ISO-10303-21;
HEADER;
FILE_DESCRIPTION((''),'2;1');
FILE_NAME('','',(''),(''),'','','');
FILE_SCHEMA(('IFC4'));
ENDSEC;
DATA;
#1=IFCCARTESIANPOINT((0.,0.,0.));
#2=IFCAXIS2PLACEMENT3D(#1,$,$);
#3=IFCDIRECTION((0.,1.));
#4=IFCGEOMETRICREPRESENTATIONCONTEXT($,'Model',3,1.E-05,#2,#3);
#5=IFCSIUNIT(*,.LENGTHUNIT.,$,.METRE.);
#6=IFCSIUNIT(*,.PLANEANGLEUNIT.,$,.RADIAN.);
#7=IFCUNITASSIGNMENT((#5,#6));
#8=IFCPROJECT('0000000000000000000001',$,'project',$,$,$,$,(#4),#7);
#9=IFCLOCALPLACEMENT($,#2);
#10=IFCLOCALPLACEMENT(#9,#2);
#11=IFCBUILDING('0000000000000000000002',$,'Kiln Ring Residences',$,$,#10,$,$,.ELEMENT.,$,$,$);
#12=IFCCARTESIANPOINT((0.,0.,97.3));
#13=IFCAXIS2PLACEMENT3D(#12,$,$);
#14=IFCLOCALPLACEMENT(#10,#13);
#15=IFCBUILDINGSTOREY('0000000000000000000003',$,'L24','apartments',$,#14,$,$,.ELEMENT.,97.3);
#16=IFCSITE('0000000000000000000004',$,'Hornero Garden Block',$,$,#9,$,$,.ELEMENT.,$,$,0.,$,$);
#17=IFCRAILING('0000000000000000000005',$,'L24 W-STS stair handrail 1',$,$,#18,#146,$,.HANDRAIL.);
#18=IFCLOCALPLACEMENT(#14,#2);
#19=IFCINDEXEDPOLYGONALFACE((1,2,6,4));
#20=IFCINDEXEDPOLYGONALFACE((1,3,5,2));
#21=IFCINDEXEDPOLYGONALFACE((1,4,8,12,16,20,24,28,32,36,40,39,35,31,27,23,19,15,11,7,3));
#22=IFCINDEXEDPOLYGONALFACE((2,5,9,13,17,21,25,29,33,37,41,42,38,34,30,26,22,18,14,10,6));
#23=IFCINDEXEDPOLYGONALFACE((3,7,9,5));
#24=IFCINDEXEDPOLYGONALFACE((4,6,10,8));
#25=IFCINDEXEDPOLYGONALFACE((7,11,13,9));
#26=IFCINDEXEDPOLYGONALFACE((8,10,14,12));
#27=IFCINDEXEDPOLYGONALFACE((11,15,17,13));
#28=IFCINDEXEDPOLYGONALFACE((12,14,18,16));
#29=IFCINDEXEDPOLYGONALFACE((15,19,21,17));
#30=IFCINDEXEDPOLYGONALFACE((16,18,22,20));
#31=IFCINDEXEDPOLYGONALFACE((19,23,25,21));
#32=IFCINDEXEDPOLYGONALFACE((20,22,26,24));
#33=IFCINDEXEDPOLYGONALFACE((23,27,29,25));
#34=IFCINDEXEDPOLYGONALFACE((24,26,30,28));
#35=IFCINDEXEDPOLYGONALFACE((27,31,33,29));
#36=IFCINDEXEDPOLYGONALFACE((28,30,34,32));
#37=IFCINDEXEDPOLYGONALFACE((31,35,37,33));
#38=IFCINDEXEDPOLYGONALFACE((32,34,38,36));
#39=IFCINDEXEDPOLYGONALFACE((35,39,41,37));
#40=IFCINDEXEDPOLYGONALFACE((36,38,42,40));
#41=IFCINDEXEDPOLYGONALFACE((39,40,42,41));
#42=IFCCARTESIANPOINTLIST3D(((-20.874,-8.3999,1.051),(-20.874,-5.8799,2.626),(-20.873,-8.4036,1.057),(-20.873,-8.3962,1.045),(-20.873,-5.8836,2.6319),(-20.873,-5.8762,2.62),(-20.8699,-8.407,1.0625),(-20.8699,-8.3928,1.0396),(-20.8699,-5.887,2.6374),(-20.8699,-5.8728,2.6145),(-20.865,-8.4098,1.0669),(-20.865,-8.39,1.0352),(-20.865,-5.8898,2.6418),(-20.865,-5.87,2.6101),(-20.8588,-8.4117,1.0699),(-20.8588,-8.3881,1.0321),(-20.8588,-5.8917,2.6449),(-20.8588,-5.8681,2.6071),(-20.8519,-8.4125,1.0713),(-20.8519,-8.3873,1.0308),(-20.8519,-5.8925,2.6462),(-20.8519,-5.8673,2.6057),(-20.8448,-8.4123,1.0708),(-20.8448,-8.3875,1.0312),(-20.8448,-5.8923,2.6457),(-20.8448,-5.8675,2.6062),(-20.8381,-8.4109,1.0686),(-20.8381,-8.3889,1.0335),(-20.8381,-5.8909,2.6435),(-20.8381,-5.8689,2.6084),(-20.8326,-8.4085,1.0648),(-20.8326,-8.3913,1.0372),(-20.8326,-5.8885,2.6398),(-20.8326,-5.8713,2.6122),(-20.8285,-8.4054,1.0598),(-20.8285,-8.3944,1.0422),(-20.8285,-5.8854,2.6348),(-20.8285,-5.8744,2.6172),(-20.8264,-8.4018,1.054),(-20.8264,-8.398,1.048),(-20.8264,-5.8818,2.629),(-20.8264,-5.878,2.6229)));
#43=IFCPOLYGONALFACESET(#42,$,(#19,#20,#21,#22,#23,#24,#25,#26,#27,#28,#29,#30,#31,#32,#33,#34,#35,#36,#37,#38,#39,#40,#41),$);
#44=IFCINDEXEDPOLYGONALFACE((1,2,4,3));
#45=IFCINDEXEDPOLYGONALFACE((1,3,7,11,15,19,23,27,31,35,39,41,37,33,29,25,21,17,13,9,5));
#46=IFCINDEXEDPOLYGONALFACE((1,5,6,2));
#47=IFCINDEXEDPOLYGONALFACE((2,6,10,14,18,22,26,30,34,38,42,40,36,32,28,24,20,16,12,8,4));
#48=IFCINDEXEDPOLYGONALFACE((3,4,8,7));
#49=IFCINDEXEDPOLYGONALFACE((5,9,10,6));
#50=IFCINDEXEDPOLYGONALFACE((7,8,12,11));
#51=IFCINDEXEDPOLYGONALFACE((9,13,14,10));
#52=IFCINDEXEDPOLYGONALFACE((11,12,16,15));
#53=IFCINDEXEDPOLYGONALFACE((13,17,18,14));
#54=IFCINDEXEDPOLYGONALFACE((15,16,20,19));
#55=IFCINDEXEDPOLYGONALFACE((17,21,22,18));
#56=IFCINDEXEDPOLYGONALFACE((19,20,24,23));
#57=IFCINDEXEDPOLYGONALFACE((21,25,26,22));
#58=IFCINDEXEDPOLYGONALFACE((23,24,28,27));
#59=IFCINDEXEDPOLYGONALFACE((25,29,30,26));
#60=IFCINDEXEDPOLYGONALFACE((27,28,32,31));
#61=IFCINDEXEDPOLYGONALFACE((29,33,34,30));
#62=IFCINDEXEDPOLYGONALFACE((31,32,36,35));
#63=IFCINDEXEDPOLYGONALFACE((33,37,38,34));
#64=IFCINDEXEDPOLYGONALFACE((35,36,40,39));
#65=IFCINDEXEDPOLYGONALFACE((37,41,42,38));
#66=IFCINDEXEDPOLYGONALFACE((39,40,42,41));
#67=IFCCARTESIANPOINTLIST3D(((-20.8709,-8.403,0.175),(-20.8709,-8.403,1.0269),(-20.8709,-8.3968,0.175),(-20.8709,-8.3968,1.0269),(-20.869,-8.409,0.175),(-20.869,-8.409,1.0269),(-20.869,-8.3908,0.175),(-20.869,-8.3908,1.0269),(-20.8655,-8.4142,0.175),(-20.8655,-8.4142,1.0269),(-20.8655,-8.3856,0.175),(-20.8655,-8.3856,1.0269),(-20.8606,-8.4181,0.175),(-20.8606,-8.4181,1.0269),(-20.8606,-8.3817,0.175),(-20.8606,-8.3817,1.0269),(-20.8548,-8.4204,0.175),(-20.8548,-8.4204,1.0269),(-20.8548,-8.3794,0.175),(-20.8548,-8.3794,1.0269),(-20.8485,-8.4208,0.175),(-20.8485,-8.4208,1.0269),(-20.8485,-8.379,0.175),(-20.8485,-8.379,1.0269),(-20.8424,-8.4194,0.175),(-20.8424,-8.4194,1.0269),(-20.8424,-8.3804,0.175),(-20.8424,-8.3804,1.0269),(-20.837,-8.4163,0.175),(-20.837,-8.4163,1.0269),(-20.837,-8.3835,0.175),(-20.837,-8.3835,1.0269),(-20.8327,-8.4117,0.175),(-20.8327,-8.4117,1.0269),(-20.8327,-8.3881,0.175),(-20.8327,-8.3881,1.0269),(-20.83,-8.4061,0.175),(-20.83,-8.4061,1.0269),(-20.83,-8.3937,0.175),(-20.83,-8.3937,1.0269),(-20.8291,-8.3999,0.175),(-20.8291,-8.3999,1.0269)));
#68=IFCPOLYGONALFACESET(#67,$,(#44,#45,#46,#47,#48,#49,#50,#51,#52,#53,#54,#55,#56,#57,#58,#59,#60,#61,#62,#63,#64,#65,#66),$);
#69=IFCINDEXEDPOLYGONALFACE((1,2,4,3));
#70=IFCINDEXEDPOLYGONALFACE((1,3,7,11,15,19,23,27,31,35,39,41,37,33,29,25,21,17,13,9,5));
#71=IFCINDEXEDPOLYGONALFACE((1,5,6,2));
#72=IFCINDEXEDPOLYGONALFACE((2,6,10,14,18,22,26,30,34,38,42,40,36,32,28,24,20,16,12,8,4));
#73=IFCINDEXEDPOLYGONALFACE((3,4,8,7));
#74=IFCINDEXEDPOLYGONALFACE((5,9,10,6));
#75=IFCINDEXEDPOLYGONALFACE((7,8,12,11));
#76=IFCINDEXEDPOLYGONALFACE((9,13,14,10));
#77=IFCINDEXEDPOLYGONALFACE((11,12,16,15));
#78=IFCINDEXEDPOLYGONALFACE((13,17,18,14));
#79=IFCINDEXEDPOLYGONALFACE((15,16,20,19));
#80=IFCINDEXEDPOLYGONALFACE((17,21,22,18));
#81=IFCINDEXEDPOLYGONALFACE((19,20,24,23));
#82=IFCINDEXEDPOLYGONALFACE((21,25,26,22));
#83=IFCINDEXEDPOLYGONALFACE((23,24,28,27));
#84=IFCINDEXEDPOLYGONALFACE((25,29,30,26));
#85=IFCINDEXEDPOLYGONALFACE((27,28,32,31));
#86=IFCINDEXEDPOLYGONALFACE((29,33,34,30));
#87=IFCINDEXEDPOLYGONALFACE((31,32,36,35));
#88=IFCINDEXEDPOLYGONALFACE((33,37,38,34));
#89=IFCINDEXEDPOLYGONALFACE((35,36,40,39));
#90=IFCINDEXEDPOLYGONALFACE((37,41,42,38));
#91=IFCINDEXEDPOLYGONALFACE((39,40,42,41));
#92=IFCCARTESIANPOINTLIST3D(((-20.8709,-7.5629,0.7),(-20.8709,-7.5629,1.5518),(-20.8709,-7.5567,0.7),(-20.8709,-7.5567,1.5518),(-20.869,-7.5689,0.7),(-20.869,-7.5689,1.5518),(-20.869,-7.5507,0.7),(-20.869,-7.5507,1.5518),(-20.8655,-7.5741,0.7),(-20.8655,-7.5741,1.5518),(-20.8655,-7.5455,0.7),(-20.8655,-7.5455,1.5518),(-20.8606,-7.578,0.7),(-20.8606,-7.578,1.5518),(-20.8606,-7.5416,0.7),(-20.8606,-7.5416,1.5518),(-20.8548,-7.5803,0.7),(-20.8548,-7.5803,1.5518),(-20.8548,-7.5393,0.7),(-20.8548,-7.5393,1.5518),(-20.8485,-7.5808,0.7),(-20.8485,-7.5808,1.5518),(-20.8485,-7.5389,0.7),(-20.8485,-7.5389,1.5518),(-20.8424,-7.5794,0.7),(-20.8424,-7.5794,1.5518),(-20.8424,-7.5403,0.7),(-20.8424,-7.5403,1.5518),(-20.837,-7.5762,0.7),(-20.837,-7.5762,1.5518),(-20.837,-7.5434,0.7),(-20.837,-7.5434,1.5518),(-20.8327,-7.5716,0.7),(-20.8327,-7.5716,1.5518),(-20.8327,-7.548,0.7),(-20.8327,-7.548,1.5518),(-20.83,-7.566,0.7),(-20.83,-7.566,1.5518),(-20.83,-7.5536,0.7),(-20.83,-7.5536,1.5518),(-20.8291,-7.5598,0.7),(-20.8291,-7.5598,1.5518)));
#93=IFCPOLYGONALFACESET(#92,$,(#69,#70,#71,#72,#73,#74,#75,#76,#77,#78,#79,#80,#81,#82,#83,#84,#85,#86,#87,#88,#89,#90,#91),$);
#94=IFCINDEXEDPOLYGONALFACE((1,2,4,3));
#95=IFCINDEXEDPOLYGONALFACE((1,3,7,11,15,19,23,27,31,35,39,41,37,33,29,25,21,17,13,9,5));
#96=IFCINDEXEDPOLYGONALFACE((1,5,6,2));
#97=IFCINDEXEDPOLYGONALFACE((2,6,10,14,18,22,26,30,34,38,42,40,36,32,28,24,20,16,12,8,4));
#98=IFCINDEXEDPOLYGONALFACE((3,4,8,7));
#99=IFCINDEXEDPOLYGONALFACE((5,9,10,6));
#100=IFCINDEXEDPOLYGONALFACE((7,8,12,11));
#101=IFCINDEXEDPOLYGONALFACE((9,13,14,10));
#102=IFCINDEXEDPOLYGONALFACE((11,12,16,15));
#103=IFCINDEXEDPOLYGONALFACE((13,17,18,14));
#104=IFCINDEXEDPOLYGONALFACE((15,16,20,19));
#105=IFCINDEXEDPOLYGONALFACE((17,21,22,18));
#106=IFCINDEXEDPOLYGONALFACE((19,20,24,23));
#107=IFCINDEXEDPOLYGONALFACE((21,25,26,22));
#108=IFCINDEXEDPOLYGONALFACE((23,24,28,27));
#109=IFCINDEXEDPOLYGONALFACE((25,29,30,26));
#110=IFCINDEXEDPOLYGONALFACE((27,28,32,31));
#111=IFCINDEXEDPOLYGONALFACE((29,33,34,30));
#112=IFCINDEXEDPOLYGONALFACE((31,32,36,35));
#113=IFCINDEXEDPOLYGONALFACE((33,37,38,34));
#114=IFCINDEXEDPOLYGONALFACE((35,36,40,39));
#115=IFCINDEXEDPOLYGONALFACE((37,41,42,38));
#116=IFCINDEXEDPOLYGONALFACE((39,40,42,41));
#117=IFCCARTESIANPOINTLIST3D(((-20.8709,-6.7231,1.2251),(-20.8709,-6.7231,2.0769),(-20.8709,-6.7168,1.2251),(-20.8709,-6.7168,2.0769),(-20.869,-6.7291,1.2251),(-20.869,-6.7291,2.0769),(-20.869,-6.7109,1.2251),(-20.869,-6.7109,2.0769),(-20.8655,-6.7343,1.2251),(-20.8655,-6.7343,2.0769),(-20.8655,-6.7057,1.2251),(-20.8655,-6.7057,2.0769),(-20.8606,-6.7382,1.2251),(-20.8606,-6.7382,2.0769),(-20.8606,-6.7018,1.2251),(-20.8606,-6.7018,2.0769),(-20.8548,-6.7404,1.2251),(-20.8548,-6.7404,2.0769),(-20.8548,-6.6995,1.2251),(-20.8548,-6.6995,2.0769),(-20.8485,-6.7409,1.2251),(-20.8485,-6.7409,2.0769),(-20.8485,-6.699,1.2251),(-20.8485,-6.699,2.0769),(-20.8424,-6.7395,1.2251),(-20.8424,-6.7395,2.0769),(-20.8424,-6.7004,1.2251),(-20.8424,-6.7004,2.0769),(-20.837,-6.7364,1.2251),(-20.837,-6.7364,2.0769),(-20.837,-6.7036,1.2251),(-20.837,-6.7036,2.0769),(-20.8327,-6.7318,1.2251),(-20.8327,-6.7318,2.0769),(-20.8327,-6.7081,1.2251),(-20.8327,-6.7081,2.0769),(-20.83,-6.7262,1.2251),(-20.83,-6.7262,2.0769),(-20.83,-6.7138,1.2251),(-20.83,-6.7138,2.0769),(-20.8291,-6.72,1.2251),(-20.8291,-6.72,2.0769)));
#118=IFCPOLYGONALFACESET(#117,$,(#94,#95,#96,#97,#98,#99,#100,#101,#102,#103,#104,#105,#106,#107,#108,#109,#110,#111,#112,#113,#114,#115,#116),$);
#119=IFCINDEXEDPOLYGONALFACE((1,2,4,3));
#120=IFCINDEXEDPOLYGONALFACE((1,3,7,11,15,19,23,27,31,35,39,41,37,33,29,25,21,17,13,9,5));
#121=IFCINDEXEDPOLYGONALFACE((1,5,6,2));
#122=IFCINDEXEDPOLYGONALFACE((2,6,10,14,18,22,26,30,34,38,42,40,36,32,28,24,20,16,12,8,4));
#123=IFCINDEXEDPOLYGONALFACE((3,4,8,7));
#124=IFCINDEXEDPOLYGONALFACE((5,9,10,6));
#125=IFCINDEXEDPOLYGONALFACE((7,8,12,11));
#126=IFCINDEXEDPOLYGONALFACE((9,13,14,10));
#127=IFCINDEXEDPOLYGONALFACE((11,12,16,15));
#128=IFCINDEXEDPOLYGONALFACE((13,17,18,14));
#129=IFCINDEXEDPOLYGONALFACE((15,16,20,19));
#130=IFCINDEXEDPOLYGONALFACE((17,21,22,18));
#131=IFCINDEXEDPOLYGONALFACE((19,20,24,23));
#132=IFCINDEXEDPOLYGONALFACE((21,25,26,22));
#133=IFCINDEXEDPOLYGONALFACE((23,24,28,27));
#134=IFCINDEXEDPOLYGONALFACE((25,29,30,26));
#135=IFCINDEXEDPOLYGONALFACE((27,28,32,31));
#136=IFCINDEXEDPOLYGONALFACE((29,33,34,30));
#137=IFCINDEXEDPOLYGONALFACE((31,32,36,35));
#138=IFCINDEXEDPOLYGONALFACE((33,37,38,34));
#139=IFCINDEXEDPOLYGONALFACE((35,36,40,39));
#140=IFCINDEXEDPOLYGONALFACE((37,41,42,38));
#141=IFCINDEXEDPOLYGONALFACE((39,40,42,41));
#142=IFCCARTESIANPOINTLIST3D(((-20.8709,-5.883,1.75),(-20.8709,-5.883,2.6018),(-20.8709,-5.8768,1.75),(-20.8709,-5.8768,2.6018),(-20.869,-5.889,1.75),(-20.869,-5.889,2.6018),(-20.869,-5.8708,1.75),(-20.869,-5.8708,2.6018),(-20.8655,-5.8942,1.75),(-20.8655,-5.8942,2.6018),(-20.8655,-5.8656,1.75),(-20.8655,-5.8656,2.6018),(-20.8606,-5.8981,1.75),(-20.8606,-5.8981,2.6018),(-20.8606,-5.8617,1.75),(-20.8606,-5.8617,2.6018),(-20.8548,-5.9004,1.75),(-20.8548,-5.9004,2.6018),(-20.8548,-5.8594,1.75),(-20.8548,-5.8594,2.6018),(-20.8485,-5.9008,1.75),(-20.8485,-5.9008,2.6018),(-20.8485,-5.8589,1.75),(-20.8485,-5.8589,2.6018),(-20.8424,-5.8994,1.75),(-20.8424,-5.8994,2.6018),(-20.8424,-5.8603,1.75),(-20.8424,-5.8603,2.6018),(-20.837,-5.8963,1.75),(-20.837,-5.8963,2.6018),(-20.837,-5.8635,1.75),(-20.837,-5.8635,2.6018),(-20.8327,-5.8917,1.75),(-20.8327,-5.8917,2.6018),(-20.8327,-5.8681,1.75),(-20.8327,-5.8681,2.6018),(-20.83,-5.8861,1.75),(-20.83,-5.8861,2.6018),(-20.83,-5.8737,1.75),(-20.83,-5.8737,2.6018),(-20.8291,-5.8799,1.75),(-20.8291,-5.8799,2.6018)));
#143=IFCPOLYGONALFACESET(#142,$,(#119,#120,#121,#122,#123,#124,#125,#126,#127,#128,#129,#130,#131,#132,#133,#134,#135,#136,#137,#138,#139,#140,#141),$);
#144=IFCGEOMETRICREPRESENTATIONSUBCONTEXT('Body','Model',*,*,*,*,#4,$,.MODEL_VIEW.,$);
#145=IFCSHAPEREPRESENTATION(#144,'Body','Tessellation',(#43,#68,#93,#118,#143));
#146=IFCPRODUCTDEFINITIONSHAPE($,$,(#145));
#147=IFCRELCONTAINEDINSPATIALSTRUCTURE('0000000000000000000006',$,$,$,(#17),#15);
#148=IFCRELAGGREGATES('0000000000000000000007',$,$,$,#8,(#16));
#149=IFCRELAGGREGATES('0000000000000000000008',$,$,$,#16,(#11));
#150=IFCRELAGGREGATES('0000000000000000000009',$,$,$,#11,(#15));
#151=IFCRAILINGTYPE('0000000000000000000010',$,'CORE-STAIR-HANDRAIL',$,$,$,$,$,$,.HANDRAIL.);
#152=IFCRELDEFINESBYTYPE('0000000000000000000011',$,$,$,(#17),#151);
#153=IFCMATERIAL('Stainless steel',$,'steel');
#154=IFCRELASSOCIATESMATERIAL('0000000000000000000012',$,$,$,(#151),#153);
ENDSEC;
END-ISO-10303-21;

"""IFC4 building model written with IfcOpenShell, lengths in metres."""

from ifc_helpers import new_model, si_unit, direction, frame, origin, origin_2d, place, context, subcontext, project, spatial, circle, extrude, material, type_object, element, save


model = new_model("IFC4")

# Units and contexts
model_context = context("Model", 3, precision=1e-05, world=origin(), true_north=direction((0.0, 1.0)))
body_context = subcontext(model_context, "Body", "Model", "MODEL_VIEW")
ifc_project = project(units=[si_unit("LENGTHUNIT", "METRE"), si_unit("PLANEANGLEUNIT", "RADIAN")], contexts=[model_context])

# Site, building, storey
site_placement = place(None, origin())
site = spatial("IfcSite", under=ifc_project, at=site_placement, Name="Hornero Garden Block", CompositionType="ELEMENT", RefElevation=0.0)
building_placement = place(site_placement, origin())
building = spatial("IfcBuilding", under=site, at=building_placement, Name="Kiln Ring Residences", CompositionType="ELEMENT")
storey_placement = place(building_placement, frame((0.0, 0.0, 97.3)))
storey = spatial("IfcBuildingStorey", under=building, at=storey_placement, Name="L24", Description="apartments", CompositionType="ELEMENT", Elevation=97.3)

# Railing
ifc_material_1 = material(Name="Stainless steel", Category="steel")
railing_type_1 = type_object("IfcRailingType", Name="CORE-STAIR-HANDRAIL", PredefinedType="HANDRAIL", material=ifc_material_1)
railing_1_placement = place(storey_placement, frame((-20.8501, -8.3999, 0.175)))
element("IfcRailing", 1, at=railing_1_placement, inside=storey, type_object=railing_type_1, Name="L24 W-STS stair handrail 1", PredefinedType="HANDRAIL", context=body_context, shape_type="SweptSolid", body=[
    extrude(circle(Radius=0.0239, at=origin_2d()), frame((0.0, 0.0, 0.876), z_axis=(0.0, 0.848008, 0.529984), x_axis=(-1.0, 0.0, 0.0)), (0.0, 0.0, 1.0), 2.9717),
    extrude(circle(Radius=0.021, at=origin_2d()), origin(), (0.0, 0.0, 1.0), 0.8518),
    extrude(circle(Radius=0.021, at=origin_2d()), frame((0.0, 0.8401, 0.5249)), (0.0, 0.0, 1.0), 0.8518),
    extrude(circle(Radius=0.021, at=origin_2d()), frame((0.0, 1.6799, 1.05)), (0.0, 0.0, 1.0), 0.8518),
    extrude(circle(Radius=0.021, at=origin_2d()), frame((0.0, 2.52, 1.575)), (0.0, 0.0, 1.0), 0.8518),
])

save(model, "model.ifc")
